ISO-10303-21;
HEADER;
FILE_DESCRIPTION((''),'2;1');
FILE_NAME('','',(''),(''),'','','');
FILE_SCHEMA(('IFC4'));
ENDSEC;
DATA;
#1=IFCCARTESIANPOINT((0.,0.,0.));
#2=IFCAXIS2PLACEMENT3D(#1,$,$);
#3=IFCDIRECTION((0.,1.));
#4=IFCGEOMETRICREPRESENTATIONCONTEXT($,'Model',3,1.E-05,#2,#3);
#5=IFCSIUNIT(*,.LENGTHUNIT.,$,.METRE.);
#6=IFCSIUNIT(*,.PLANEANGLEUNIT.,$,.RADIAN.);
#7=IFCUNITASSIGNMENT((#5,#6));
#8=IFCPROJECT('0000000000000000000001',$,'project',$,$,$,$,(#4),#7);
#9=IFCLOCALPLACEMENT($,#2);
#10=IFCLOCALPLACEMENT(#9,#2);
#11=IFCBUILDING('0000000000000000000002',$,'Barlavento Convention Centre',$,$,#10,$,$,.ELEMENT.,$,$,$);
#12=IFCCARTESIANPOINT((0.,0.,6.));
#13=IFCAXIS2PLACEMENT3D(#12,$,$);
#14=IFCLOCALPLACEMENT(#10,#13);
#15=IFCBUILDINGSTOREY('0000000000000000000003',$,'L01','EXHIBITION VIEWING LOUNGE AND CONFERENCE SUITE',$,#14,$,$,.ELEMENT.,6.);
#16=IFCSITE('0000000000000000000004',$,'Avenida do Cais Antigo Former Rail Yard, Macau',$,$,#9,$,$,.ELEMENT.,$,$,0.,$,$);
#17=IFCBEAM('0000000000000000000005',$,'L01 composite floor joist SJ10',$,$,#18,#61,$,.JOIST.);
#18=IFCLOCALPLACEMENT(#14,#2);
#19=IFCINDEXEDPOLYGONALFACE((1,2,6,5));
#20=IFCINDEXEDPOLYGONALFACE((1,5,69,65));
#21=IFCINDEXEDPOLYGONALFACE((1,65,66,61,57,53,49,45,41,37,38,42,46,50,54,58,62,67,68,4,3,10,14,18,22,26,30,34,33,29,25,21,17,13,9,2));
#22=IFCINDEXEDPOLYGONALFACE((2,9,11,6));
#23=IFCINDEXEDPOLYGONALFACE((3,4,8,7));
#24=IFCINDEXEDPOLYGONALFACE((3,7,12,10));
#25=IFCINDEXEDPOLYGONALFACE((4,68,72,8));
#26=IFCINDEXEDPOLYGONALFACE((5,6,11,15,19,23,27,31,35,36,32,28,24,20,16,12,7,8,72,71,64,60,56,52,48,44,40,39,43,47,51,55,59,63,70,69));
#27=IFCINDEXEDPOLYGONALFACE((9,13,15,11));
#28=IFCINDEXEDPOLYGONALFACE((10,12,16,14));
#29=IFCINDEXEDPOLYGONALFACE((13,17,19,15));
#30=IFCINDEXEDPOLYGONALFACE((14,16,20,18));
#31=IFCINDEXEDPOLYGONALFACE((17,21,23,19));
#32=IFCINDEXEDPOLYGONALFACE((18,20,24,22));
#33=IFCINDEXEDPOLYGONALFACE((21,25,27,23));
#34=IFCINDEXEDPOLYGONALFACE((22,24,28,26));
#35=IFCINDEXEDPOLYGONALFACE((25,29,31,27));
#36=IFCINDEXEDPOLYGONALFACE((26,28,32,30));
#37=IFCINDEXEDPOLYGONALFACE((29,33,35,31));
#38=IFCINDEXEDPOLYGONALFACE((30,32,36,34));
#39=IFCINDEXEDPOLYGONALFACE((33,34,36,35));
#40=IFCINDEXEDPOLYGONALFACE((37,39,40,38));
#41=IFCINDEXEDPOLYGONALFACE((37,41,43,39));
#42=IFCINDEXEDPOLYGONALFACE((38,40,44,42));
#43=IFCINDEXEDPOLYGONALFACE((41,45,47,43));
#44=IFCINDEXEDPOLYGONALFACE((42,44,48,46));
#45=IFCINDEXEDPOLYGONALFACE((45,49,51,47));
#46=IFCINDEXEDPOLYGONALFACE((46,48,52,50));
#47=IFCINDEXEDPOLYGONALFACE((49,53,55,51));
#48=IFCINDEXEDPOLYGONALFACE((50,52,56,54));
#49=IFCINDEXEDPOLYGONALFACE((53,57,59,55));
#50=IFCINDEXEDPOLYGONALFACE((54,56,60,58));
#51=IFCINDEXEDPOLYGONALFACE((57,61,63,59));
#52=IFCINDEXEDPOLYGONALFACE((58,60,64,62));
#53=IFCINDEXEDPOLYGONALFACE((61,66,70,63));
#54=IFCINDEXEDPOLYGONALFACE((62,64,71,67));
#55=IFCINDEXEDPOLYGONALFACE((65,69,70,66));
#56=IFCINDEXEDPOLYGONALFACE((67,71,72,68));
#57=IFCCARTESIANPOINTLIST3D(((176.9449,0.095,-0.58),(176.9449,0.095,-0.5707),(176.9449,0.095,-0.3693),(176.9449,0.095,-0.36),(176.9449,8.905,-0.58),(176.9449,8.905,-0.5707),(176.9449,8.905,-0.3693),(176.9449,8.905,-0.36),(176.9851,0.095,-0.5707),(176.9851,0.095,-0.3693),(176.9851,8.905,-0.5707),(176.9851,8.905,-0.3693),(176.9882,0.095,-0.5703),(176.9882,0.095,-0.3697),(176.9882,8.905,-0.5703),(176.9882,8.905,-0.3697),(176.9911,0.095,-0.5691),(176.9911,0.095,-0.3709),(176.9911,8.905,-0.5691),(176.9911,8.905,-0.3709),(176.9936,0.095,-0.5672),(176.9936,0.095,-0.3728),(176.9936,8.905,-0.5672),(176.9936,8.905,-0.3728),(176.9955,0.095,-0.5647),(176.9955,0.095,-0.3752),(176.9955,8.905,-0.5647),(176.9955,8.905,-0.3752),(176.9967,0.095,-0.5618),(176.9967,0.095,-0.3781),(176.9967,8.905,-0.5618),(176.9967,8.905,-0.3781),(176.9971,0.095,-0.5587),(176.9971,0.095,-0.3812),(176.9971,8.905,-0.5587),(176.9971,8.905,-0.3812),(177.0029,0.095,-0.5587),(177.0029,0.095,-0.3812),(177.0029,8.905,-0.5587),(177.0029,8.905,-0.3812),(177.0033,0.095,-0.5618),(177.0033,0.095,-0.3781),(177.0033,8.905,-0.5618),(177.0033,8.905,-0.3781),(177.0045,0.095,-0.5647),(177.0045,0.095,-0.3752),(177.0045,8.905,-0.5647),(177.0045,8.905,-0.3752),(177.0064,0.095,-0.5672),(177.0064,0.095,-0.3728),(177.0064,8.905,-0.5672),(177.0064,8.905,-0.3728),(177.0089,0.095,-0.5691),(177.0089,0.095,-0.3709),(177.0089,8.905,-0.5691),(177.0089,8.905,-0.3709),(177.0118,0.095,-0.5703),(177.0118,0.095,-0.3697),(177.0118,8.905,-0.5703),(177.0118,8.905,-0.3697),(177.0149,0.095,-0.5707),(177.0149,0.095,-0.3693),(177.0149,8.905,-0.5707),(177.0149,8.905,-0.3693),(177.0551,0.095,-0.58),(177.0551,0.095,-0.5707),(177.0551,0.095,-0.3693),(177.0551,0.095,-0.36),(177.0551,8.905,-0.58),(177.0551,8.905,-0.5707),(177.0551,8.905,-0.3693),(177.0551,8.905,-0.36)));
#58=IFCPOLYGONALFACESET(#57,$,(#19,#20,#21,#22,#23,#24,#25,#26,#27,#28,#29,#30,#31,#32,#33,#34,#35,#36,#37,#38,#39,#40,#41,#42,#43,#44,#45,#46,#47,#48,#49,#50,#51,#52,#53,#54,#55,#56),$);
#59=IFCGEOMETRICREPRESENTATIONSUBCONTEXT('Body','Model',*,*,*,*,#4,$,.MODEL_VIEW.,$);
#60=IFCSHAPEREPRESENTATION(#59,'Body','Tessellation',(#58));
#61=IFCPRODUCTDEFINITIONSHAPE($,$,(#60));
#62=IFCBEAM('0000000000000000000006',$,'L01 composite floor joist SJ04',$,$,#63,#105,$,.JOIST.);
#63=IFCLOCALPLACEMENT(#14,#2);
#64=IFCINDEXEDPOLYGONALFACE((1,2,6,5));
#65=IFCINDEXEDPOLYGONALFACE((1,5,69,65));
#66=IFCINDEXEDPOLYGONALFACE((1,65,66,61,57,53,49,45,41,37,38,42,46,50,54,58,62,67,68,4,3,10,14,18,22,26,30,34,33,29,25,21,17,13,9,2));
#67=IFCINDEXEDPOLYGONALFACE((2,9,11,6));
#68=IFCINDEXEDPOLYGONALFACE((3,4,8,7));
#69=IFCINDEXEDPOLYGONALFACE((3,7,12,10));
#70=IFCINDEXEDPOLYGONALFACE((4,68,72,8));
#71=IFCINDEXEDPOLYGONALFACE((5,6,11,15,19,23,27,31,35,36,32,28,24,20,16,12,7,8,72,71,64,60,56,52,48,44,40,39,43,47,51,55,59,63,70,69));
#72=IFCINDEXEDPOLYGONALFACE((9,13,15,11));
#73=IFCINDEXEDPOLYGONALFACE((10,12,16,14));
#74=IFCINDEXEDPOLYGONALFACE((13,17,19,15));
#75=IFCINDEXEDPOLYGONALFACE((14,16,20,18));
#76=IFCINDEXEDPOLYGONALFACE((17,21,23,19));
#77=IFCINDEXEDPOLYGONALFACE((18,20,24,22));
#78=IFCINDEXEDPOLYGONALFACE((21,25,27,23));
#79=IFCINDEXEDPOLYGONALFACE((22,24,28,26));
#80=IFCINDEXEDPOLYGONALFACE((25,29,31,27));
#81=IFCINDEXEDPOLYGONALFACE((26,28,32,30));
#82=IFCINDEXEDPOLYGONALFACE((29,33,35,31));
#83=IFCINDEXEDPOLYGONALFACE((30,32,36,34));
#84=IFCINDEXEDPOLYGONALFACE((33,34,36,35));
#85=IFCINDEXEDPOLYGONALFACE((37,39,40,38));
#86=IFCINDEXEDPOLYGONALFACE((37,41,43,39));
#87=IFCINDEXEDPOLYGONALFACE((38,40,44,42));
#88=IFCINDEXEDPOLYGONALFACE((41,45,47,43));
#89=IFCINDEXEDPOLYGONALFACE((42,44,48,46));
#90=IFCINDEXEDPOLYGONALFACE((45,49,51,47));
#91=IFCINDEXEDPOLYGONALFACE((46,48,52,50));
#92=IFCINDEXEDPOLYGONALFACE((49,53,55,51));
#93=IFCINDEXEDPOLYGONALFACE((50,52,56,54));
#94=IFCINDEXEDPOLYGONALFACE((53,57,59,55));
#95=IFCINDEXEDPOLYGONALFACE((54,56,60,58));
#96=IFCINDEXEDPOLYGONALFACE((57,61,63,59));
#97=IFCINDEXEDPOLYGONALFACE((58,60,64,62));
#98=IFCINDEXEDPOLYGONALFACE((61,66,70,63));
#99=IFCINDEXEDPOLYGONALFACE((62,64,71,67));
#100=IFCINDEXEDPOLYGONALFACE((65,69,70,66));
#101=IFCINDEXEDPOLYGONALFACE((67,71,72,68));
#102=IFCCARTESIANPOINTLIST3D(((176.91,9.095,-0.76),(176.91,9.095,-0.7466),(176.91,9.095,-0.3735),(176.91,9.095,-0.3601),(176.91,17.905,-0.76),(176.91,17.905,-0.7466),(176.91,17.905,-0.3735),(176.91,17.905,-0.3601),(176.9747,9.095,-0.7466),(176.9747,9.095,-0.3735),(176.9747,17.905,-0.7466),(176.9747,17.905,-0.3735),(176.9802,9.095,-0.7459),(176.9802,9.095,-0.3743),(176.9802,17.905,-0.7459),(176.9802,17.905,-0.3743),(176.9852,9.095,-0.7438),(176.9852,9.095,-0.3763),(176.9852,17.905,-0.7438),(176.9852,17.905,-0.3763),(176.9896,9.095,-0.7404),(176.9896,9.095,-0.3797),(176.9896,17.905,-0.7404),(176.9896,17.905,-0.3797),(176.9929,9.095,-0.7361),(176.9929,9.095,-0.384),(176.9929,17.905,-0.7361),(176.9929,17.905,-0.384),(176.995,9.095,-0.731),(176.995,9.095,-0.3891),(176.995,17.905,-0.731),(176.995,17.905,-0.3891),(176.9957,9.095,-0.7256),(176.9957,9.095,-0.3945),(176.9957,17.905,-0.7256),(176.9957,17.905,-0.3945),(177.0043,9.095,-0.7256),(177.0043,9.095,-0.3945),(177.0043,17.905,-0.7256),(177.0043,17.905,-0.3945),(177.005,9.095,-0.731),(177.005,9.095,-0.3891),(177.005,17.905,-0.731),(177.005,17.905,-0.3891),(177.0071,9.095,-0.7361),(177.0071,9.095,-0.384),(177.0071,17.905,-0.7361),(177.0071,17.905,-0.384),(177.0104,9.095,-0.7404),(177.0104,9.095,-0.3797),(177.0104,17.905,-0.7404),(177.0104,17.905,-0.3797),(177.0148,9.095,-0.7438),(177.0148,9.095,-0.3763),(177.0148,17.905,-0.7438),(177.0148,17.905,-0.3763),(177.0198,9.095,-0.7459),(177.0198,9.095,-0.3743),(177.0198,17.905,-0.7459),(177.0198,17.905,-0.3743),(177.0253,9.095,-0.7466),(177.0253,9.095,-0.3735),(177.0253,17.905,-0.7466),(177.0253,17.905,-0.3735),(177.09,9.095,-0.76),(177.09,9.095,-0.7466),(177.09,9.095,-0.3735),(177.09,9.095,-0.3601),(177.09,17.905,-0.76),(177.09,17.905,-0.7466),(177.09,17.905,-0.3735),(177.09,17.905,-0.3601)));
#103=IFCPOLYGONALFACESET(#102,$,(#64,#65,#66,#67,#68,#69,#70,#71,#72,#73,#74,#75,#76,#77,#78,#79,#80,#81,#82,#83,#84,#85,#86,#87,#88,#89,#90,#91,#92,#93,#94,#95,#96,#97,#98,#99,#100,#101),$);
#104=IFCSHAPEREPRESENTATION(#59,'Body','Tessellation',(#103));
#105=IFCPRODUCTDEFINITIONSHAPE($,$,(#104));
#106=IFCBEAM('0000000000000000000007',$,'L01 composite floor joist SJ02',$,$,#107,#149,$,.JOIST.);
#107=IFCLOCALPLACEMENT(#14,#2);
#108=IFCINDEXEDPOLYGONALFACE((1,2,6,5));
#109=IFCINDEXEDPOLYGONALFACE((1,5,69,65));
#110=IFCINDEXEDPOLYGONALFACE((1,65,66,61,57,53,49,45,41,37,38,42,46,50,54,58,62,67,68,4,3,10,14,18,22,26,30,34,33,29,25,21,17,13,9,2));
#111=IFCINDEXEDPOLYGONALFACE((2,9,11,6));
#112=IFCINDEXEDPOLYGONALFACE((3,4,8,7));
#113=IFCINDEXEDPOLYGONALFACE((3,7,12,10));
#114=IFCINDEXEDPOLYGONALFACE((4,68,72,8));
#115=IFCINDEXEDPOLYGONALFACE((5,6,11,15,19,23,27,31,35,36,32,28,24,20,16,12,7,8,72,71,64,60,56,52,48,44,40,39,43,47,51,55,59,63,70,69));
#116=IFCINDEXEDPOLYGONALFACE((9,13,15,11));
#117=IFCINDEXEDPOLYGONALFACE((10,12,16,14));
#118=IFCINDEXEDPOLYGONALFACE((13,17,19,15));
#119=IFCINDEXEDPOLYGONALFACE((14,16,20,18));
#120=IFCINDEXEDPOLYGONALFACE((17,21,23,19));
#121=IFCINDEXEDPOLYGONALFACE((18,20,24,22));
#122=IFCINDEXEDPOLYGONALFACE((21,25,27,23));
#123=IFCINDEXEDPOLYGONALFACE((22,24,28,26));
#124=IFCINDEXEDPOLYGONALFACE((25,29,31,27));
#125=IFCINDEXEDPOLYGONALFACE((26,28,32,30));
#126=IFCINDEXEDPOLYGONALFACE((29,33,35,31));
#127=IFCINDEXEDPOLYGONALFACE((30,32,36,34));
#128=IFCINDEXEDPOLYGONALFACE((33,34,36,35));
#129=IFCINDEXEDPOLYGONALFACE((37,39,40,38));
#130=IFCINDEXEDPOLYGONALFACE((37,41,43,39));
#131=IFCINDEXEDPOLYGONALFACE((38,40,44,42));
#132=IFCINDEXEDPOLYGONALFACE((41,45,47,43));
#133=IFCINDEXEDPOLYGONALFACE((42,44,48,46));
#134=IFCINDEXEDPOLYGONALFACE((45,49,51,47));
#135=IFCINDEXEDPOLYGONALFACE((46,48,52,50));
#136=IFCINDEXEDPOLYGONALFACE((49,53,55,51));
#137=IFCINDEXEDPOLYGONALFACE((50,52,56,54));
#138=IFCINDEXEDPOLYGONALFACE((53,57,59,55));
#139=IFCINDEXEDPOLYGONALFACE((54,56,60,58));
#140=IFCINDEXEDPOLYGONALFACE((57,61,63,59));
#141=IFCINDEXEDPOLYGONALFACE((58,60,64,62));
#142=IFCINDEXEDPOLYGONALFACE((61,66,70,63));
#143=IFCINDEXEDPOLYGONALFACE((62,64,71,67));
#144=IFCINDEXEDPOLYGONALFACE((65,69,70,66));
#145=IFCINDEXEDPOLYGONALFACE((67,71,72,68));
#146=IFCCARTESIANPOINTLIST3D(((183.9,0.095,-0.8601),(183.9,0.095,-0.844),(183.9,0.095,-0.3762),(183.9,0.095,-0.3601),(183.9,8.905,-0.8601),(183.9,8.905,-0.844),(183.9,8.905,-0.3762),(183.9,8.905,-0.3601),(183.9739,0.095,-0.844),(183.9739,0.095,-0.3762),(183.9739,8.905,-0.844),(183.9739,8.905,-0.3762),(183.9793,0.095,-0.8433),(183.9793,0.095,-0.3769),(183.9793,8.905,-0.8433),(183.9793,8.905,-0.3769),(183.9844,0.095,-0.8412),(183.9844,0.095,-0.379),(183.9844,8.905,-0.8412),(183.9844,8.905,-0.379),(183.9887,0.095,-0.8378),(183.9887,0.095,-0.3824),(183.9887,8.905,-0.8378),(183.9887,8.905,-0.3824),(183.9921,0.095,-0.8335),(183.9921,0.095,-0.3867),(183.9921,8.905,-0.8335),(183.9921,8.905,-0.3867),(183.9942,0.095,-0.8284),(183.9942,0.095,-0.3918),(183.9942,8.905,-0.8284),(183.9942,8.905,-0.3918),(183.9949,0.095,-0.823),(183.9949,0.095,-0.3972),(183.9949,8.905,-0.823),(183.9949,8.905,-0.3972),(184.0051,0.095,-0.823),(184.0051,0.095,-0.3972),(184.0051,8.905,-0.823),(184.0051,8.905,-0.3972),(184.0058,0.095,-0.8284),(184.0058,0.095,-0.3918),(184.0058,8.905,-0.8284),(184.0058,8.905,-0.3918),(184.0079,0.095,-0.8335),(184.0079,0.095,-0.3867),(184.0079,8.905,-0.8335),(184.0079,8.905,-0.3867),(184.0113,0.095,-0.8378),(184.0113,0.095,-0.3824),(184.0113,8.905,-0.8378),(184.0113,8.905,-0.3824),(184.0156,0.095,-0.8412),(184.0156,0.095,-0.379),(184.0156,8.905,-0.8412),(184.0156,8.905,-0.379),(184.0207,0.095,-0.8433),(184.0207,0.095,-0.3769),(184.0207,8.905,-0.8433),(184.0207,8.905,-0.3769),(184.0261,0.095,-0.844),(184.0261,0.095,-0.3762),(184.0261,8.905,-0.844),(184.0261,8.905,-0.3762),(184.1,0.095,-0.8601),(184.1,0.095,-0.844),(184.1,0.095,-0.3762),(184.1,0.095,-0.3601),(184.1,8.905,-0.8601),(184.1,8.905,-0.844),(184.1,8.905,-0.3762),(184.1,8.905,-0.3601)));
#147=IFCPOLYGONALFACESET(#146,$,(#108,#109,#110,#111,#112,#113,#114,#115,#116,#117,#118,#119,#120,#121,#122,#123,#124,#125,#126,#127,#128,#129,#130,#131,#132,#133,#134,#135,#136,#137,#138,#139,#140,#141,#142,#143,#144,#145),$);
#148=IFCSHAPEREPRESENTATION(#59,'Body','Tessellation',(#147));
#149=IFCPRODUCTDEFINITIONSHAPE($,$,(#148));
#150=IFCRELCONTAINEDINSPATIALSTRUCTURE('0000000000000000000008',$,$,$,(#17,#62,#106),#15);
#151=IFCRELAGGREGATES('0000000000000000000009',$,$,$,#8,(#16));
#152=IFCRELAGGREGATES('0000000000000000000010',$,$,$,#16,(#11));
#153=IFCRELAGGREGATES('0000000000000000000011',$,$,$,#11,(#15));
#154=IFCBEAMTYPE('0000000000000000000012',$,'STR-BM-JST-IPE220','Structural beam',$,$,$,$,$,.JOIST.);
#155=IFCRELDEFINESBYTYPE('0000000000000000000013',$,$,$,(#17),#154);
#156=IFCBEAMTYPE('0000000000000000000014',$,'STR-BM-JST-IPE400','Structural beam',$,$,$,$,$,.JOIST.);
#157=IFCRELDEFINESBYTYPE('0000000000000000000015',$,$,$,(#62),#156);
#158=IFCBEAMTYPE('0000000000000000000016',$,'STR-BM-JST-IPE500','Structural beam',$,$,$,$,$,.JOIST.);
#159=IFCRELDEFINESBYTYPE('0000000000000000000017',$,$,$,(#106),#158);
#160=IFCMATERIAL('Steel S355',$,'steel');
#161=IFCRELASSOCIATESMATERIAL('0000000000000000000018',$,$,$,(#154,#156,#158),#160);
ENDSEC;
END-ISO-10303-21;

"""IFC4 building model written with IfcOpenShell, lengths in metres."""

from ifc_helpers import new_model, si_unit, direction, frame, origin, origin_2d, place, context, subcontext, project, spatial, i_section, extrude, material, material_profile, profile_set, type_object, element, save


model = new_model("IFC4")

# Units and contexts
model_context = context("Model", 3, precision=1e-05, world=origin(), true_north=direction((0.0, 1.0)))
body_context = subcontext(model_context, "Body", "Model", "MODEL_VIEW")
ifc_project = project(units=[si_unit("LENGTHUNIT", "METRE"), si_unit("PLANEANGLEUNIT", "RADIAN")], contexts=[model_context])

# Site, building, storey
site_placement = place(None, origin())
site = spatial("IfcSite", under=ifc_project, at=site_placement, Name="Avenida do Cais Antigo Former Rail Yard, Macau", CompositionType="ELEMENT", RefElevation=0.0)
building_placement = place(site_placement, origin())
building = spatial("IfcBuilding", under=site, at=building_placement, Name="Barlavento Convention Centre", CompositionType="ELEMENT")
storey_placement = place(building_placement, frame((0.0, 0.0, 6.0)))
storey = spatial("IfcBuildingStorey", under=building, at=storey_placement, Name="L01", Description="EXHIBITION VIEWING LOUNGE AND CONFERENCE SUITE", CompositionType="ELEMENT", Elevation=6.0)

# Shared definitions
ifc_material_1 = material(Name="Steel S355", Category="steel")

# Beams
ifc_material_profile_1 = material_profile(ifc_material_1, i_section(OverallWidth=0.1101, OverallDepth=0.22, WebThickness=0.0059, FlangeThickness=0.0093, FilletRadius=0.012, at=origin_2d()), Name="IPE 220")
ifc_profile_set_1 = profile_set([ifc_material_profile_1], Name="Steel S355")
beam_type_1 = type_object("IfcBeamType", Name="STR-BM-JST-IPE220", Description="Structural beam", PredefinedType="JOIST", material=ifc_profile_set_1)
beam_1_placement = place(storey_placement, frame((177.0, 0.095, -0.47), z_axis=(0.0, 1.0, 0.0), x_axis=(-1.0, 0.0, 0.0)))
element("IfcBeam", 1, at=beam_1_placement, inside=storey, type_object=beam_type_1, Name="L01 composite floor joist SJ10", PredefinedType="JOIST", context=body_context, shape_type="SweptSolid", body=[
    extrude(i_section(OverallWidth=0.1101, OverallDepth=0.22, WebThickness=0.0059, FlangeThickness=0.0093, FilletRadius=0.012, at=origin_2d()), origin(), (0.0, 0.0, 1.0), 8.8101),
])
ifc_material_profile_2 = material_profile(ifc_material_1, i_section(OverallWidth=0.1799, OverallDepth=0.3999, WebThickness=0.0085, FlangeThickness=0.0134, FilletRadius=0.021, at=origin_2d()), Name="IPE 400")
ifc_profile_set_2 = profile_set([ifc_material_profile_2], Name="Steel S355")
beam_type_2 = type_object("IfcBeamType", Name="STR-BM-JST-IPE400", Description="Structural beam", PredefinedType="JOIST", material=ifc_profile_set_2)
beam_2_placement = place(storey_placement, frame((177.0, 9.095, -0.5601), z_axis=(0.0, 1.0, 0.0), x_axis=(-1.0, 0.0, 0.0)))
element("IfcBeam", 2, at=beam_2_placement, inside=storey, type_object=beam_type_2, Name="L01 composite floor joist SJ04", PredefinedType="JOIST", context=body_context, shape_type="SweptSolid", body=[
    extrude(i_section(OverallWidth=0.1799, OverallDepth=0.3999, WebThickness=0.0085, FlangeThickness=0.0134, FilletRadius=0.021, at=origin_2d()), origin(), (0.0, 0.0, 1.0), 8.8101),
])
ifc_material_profile_3 = material_profile(ifc_material_1, i_section(OverallWidth=0.2, OverallDepth=0.5, WebThickness=0.0103, FlangeThickness=0.0161, FilletRadius=0.021, at=origin_2d()), Name="IPE 500")
ifc_profile_set_3 = profile_set([ifc_material_profile_3], Name="Steel S355")
beam_type_3 = type_object("IfcBeamType", Name="STR-BM-JST-IPE500", Description="Structural beam", PredefinedType="JOIST", material=ifc_profile_set_3)
beam_3_placement = place(storey_placement, frame((184.0, 0.095, -0.6101), z_axis=(0.0, 1.0, 0.0), x_axis=(-1.0, 0.0, 0.0)))
element("IfcBeam", 3, at=beam_3_placement, inside=storey, type_object=beam_type_3, Name="L01 composite floor joist SJ02", PredefinedType="JOIST", context=body_context, shape_type="SweptSolid", body=[
    extrude(i_section(OverallWidth=0.2, OverallDepth=0.5, WebThickness=0.0103, FlangeThickness=0.0161, FilletRadius=0.021, at=origin_2d()), origin(), (0.0, 0.0, 1.0), 8.8101),
])

save(model, "model.ifc")
